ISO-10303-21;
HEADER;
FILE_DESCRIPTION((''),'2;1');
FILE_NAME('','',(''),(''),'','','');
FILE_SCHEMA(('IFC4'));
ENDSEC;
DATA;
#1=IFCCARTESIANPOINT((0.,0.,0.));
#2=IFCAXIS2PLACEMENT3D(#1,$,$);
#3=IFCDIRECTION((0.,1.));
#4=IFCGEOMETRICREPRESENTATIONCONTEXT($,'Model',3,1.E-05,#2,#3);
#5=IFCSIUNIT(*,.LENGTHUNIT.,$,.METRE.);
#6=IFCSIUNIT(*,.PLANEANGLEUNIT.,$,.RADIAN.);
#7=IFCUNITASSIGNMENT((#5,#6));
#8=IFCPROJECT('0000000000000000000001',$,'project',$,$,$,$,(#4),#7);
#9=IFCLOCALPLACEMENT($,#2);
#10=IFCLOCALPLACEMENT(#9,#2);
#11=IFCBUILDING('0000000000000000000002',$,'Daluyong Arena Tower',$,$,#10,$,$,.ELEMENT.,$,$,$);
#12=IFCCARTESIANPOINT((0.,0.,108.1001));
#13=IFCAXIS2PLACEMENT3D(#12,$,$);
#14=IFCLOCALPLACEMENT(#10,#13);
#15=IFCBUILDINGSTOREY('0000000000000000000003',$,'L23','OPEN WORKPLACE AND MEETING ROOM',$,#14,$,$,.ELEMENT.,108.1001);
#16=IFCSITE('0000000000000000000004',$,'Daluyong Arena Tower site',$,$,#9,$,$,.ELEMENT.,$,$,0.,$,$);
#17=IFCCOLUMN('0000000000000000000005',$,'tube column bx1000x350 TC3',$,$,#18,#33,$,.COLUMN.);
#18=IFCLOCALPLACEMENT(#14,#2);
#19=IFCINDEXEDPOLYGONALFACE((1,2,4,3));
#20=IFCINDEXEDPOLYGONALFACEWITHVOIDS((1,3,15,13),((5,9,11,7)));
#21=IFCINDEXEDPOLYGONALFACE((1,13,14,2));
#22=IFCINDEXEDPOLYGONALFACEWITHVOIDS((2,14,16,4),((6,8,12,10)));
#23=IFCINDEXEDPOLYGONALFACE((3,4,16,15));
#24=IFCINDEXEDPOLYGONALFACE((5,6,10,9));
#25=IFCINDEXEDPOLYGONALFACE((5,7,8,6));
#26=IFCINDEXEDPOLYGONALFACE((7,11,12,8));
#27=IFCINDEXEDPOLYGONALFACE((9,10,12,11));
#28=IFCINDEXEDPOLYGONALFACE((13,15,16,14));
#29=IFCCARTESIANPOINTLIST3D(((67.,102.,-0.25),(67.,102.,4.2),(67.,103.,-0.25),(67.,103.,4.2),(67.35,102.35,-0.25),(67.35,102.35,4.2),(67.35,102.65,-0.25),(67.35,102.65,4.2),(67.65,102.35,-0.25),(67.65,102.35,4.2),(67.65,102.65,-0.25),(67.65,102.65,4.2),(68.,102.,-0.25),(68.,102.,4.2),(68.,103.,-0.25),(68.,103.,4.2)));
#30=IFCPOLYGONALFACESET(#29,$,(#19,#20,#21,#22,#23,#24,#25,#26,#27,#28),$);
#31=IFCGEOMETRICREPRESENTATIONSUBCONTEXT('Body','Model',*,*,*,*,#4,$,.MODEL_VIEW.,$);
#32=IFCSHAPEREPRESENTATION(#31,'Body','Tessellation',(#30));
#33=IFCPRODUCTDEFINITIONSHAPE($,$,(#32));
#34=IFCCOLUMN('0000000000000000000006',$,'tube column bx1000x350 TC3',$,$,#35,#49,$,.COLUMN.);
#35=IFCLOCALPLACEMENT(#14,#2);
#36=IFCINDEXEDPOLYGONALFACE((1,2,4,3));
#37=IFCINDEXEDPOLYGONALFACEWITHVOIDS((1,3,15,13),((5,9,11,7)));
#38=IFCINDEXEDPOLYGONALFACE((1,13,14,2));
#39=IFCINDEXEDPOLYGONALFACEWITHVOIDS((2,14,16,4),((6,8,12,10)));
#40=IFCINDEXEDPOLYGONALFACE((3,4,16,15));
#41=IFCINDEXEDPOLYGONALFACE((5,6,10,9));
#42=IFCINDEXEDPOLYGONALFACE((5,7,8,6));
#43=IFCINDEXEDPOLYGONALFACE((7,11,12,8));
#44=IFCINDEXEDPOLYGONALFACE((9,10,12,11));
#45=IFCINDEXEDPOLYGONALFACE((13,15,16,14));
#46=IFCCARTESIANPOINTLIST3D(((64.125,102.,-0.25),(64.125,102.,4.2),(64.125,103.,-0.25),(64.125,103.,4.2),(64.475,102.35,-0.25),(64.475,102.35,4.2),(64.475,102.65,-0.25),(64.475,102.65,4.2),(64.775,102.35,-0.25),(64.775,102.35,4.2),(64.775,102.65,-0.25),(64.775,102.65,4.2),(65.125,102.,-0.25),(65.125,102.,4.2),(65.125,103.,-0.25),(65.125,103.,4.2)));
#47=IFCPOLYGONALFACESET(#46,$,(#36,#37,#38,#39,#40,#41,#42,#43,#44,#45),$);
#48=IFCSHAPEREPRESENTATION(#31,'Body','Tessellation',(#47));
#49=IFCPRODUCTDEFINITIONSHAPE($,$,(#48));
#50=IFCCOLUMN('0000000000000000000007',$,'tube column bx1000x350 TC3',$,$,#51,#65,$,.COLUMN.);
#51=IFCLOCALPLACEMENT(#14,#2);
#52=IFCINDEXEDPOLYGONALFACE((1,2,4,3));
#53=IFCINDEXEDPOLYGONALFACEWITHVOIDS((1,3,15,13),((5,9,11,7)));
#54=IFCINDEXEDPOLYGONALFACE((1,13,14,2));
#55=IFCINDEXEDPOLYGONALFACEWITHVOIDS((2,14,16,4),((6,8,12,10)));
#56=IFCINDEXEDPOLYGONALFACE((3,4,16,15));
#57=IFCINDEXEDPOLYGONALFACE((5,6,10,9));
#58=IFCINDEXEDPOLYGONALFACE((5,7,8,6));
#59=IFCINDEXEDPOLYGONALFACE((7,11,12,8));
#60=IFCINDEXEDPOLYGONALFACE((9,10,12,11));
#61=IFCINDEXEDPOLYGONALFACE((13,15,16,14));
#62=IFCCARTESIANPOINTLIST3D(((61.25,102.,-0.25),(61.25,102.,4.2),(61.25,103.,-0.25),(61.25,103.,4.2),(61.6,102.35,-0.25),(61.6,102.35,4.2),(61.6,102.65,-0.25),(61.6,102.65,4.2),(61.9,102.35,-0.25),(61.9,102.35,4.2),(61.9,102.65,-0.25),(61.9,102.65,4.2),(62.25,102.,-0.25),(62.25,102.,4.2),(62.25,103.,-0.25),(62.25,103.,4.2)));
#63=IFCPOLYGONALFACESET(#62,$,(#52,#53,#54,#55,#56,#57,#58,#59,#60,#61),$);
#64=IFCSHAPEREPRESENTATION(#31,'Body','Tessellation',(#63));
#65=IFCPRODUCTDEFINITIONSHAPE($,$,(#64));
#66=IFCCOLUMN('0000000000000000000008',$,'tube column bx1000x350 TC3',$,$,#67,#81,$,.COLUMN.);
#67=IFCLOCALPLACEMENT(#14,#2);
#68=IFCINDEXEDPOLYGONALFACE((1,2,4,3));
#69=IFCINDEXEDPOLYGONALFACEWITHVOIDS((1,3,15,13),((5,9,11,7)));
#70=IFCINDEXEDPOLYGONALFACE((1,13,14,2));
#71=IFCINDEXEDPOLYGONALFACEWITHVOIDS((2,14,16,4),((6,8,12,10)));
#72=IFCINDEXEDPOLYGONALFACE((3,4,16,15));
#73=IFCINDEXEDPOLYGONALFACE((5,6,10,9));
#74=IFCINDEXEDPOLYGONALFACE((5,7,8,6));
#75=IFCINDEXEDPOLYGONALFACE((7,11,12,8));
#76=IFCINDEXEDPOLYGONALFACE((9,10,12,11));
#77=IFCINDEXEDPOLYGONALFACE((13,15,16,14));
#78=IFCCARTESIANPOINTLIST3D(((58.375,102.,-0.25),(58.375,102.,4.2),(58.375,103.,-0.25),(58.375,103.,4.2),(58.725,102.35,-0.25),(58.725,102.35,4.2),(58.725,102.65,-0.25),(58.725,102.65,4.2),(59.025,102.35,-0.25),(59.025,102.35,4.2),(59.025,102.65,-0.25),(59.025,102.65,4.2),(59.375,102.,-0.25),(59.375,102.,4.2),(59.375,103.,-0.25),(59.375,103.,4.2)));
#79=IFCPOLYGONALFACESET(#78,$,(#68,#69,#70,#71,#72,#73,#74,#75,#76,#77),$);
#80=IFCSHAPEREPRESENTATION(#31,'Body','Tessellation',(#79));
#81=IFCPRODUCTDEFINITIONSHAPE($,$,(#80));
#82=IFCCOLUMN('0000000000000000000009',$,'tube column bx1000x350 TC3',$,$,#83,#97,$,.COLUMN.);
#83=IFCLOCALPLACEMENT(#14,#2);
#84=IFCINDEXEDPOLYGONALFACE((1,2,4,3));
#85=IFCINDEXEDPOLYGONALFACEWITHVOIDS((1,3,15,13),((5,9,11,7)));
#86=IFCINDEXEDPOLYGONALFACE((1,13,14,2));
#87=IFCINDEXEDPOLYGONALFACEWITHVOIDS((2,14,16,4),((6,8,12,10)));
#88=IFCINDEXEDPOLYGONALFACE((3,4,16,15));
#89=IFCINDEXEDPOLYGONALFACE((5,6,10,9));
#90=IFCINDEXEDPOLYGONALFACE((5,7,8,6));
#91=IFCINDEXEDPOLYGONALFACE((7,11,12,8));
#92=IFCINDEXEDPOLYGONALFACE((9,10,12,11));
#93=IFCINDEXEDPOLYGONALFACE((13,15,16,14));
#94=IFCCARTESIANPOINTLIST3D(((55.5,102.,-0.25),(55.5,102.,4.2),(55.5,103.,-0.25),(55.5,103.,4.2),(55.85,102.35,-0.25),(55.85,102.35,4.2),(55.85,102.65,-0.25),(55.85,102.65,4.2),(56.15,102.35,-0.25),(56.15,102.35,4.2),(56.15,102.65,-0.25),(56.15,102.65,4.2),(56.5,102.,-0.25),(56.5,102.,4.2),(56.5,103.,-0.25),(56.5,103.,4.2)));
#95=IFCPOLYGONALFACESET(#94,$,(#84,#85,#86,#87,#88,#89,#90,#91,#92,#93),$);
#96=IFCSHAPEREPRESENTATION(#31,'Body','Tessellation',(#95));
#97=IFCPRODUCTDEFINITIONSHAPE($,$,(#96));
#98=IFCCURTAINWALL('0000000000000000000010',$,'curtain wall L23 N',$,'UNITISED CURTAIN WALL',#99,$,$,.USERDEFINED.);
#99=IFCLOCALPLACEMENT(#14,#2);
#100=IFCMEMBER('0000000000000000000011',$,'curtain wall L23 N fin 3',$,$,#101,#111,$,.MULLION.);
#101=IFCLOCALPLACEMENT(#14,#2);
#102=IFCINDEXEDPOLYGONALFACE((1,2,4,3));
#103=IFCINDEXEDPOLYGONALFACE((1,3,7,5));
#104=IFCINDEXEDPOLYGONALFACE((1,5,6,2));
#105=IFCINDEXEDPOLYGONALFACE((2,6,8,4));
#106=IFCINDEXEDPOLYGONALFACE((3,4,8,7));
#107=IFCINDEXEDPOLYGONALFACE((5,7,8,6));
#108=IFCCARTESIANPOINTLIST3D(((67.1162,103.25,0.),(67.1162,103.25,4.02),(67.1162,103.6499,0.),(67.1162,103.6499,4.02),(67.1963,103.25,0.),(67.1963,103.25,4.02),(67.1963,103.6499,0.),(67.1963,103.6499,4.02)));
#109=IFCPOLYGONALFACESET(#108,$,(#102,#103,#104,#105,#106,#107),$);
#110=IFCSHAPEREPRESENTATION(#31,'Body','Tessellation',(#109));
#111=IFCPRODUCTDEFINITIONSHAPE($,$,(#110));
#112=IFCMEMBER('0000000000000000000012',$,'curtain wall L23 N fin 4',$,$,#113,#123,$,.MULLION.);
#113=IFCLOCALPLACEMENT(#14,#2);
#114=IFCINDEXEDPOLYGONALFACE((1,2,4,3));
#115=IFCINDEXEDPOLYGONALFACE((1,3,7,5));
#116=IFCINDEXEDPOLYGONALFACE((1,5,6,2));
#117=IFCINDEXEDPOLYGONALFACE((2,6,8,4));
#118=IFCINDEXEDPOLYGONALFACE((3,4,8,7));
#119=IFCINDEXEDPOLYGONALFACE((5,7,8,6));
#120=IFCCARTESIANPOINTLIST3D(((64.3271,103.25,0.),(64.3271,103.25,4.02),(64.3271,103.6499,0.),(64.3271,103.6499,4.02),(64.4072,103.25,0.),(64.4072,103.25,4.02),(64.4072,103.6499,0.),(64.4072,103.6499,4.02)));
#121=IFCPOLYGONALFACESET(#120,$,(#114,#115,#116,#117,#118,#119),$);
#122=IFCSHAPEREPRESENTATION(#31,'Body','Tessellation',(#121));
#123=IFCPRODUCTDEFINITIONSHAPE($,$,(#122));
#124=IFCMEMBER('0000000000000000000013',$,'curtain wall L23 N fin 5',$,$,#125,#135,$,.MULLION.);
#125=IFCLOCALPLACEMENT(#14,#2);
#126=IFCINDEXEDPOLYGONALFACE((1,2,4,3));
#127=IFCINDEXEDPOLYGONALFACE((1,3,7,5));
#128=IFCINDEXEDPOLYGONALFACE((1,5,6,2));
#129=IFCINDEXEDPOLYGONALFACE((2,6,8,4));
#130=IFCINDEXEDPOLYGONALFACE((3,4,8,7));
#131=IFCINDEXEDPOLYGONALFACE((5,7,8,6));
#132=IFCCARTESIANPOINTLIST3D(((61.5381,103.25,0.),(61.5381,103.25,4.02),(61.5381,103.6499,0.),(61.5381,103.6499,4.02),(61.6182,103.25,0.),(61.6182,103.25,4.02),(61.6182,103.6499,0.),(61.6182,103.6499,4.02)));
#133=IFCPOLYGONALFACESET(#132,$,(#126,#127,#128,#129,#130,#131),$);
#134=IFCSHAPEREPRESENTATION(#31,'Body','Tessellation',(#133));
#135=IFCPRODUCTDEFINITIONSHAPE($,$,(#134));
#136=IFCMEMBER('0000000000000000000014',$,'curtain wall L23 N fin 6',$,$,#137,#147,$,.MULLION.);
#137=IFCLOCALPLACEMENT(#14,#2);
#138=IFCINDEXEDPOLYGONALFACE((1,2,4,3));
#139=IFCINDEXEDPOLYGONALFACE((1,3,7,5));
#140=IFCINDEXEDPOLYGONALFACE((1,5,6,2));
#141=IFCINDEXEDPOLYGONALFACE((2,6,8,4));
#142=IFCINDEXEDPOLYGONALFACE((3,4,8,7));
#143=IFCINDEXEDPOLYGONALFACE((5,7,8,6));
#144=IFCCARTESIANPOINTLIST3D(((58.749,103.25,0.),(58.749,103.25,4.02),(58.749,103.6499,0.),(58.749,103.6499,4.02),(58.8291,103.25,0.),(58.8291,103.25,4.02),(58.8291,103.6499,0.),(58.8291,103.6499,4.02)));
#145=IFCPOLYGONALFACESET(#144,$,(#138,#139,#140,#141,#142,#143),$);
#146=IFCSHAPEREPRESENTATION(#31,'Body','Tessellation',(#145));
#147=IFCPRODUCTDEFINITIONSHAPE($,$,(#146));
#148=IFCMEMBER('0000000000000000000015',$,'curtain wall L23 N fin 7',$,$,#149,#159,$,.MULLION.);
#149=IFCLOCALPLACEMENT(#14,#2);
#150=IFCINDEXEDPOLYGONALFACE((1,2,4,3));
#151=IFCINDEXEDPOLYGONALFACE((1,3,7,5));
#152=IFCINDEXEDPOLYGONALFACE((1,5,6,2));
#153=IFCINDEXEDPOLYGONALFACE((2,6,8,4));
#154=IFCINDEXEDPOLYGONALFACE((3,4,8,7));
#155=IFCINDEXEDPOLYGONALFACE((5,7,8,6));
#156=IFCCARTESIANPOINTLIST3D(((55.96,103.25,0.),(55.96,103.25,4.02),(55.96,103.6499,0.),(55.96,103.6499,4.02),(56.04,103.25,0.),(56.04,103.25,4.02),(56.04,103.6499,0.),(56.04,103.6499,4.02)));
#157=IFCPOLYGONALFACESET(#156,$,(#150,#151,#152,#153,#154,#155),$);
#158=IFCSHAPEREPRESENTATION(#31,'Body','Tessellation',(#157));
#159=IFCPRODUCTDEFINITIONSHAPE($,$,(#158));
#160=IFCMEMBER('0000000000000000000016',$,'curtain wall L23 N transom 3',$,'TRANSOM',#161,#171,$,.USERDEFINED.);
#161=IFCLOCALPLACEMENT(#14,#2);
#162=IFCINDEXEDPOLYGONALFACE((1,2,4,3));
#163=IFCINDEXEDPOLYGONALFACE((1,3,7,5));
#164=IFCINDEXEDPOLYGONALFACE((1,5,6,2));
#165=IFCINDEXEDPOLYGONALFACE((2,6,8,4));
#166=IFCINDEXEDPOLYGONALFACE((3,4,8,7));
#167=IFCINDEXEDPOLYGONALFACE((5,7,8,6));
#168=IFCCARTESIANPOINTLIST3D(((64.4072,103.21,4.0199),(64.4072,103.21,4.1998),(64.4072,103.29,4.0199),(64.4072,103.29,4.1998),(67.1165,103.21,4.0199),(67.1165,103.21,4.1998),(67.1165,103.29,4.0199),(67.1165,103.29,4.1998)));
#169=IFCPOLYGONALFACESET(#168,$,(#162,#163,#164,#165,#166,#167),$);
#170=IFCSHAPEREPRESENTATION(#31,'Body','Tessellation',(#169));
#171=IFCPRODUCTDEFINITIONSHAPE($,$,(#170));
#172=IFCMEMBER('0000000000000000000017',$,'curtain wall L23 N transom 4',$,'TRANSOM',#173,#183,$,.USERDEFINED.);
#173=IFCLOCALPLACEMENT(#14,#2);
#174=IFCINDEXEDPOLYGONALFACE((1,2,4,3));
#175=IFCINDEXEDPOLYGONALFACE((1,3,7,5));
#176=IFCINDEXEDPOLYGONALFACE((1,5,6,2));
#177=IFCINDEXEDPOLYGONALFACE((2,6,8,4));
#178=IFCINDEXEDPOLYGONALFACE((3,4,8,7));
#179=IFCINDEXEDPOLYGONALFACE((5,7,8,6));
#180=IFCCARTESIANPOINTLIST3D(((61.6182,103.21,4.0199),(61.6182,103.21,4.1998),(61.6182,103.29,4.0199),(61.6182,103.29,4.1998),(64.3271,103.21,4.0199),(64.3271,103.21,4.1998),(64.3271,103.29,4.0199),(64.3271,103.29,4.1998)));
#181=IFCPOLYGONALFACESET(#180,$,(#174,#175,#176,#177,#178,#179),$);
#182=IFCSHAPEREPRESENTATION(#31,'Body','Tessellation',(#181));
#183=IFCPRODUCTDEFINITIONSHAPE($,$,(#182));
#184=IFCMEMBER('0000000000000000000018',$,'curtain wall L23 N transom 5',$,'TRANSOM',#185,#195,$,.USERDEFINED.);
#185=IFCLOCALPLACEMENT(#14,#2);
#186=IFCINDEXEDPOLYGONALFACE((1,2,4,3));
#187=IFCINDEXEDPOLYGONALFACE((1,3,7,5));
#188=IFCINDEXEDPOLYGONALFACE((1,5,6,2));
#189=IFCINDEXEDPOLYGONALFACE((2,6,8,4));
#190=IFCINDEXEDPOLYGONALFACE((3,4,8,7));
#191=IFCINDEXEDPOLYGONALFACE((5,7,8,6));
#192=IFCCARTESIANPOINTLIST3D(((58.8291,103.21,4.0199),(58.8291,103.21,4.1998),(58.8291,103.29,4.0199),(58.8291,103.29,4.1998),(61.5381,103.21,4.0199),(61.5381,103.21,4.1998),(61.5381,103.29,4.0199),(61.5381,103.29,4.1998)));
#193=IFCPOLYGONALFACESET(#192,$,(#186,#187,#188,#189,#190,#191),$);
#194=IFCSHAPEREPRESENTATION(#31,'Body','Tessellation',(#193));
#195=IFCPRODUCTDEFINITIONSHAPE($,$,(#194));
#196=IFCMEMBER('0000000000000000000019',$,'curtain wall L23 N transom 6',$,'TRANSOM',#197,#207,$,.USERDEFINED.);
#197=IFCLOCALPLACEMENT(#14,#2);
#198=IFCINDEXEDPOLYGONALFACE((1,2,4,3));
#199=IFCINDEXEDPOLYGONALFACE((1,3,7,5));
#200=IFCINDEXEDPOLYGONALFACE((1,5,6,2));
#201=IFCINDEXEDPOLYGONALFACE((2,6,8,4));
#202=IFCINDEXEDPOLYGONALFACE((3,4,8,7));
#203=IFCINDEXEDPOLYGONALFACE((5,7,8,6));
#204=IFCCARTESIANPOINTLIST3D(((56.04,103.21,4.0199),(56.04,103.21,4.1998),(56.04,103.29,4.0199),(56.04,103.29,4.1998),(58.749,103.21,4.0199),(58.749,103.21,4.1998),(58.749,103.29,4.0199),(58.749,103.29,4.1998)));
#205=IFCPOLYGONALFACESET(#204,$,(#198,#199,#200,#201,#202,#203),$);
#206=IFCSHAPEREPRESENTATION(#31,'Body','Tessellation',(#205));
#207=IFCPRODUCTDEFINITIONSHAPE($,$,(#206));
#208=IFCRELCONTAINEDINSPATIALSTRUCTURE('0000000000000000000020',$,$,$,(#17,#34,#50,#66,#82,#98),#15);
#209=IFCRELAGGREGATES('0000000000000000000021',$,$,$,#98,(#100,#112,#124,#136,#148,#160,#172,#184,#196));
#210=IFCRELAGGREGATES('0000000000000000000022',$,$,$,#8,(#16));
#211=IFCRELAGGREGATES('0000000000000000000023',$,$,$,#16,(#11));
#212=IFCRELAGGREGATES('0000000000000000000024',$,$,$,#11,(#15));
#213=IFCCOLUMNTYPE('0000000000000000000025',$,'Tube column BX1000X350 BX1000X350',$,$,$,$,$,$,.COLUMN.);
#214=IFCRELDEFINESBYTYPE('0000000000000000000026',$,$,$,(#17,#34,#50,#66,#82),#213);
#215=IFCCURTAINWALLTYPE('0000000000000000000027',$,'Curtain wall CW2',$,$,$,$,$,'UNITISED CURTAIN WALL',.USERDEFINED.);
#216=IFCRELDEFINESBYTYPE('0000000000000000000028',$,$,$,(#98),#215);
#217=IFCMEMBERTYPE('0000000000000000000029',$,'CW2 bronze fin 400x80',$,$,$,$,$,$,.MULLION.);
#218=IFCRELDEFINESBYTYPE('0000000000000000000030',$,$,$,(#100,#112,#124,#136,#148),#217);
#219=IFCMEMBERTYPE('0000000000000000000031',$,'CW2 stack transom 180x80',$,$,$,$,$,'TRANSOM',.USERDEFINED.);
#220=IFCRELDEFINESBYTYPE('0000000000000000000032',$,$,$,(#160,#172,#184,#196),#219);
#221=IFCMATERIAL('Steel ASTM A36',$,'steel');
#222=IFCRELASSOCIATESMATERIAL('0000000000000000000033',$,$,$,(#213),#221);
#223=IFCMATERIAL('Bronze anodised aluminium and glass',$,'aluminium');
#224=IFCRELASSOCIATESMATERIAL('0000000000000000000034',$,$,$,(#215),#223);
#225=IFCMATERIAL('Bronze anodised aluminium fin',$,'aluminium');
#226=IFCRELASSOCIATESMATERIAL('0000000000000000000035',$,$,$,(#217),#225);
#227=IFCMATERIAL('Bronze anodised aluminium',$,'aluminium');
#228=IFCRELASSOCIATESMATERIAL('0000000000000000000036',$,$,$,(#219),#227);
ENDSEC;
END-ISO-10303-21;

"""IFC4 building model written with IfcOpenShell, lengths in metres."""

from ifc_helpers import new_model, si_unit, direction, frame, origin, origin_2d, place, context, subcontext, project, spatial, rectangle, hollow_rectangle, extrude, material, material_profile, profile_set, type_object, element, aggregate, save


model = new_model("IFC4")

# Units and contexts
model_context = context("Model", 3, precision=1e-05, world=origin(), true_north=direction((0.0, 1.0)))
body_context = subcontext(model_context, "Body", "Model", "MODEL_VIEW")
ifc_project = project(units=[si_unit("LENGTHUNIT", "METRE"), si_unit("PLANEANGLEUNIT", "RADIAN")], contexts=[model_context])

# Site, building, storey
site_placement = place(None, origin())
site = spatial("IfcSite", under=ifc_project, at=site_placement, Name="Daluyong Arena Tower site", CompositionType="ELEMENT", RefElevation=0.0)
building_placement = place(site_placement, origin())
building = spatial("IfcBuilding", under=site, at=building_placement, Name="Daluyong Arena Tower", CompositionType="ELEMENT")
storey_placement = place(building_placement, frame((0.0, 0.0, 108.1001)))
storey = spatial("IfcBuildingStorey", under=building, at=storey_placement, Name="L23", Description="OPEN WORKPLACE AND MEETING ROOM", CompositionType="ELEMENT", Elevation=108.1001)

# Columns
ifc_material_1 = material(Name="Steel ASTM A36", Category="steel")
ifc_material_profile_1 = material_profile(ifc_material_1, hollow_rectangle(XDim=1.0, YDim=1.0, WallThickness=0.35, at=origin_2d()))
ifc_profile_set_1 = profile_set([ifc_material_profile_1], Name="Steel ASTM A36")
column_type = type_object("IfcColumnType", Name="Tube column BX1000X350 BX1000X350", PredefinedType="COLUMN", material=ifc_profile_set_1)
for number, where, z_axis, x_axis, name in (
    (1, (67.5, 102.5, -0.25), (0.0, 0.0, 1.0), (1.0, 0.0, 0.0), "tube column bx1000x350 TC3"),
    (2, (64.625, 102.5, -0.25), (0.0, 0.0, 1.0), (1.0, 0.0, 0.0), "tube column bx1000x350 TC3"),
    (3, (61.75, 102.5, -0.25), (0.0, 0.0, 1.0), (1.0, 0.0, 0.0), "tube column bx1000x350 TC3"),
    (4, (58.875, 102.5, -0.25), (0.0, 0.0, 1.0), (1.0, 0.0, 0.0), "tube column bx1000x350 TC3"),
    (5, (56.0, 102.5, -0.25), (0.0, 0.0, 1.0), (1.0, 0.0, 0.0), "tube column bx1000x350 TC3"),
):
    element("IfcColumn", number, at=place(storey_placement, frame(where, z_axis=z_axis, x_axis=x_axis)), inside=storey, type_object=column_type, Name=name, PredefinedType="COLUMN", context=body_context, shape_type="SweptSolid", body=[
        extrude(hollow_rectangle(XDim=1.0, YDim=1.0, WallThickness=0.35, at=origin_2d()), origin(), (0.0, 0.0, 1.0), 4.45),
    ])

# Curtain wall, members
ifc_material_2 = material(Name="Bronze anodised aluminium and glass", Category="aluminium")
curtain_wall_type = type_object("IfcCurtainWallType", Name="Curtain wall CW2", ElementType="UNITISED CURTAIN WALL", PredefinedType="USERDEFINED", material=ifc_material_2)
curtain_wall_placement = place(storey_placement, origin())
curtain_wall = element("IfcCurtainWall", 6, at=curtain_wall_placement, inside=storey, type_object=curtain_wall_type, Name="curtain wall L23 N", ObjectType="UNITISED CURTAIN WALL", PredefinedType="USERDEFINED")
ifc_material_3 = material(Name="Bronze anodised aluminium fin", Category="aluminium")
ifc_material_profile_2 = material_profile(ifc_material_3, rectangle(XDim=0.3999, YDim=0.0801, at=origin_2d()))
ifc_profile_set_2 = profile_set([ifc_material_profile_2], Name="Bronze anodised aluminium fin")
member_type_1 = type_object("IfcMemberType", Name="CW2 bronze fin 400x80", PredefinedType="MULLION", material=ifc_profile_set_2)
member_1_placement = place(storey_placement, frame((67.1562, 103.45, 0.0), z_axis=(0.0, 0.0, 1.0), x_axis=(0.0, -1.0, 0.0)))
member_1 = element("IfcMember", 7, at=member_1_placement, type_object=member_type_1, Name="curtain wall L23 N fin 3", PredefinedType="MULLION", context=body_context, shape_type="SweptSolid", body=[
    extrude(rectangle(XDim=0.3999, YDim=0.0801, at=origin_2d()), origin(), (0.0, 0.0, 1.0), 4.02),
])
member_2_placement = place(storey_placement, frame((64.3672, 103.45, 0.0), z_axis=(0.0, 0.0, 1.0), x_axis=(0.0, -1.0, 0.0)))
member_2 = element("IfcMember", 8, at=member_2_placement, type_object=member_type_1, Name="curtain wall L23 N fin 4", PredefinedType="MULLION", context=body_context, shape_type="SweptSolid", body=[
    extrude(rectangle(XDim=0.3999, YDim=0.0801, at=origin_2d()), origin(), (0.0, 0.0, 1.0), 4.02),
])
member_3_placement = place(storey_placement, frame((61.5781, 103.45, 0.0), z_axis=(0.0, 0.0, 1.0), x_axis=(0.0, -1.0, 0.0)))
member_3 = element("IfcMember", 9, at=member_3_placement, type_object=member_type_1, Name="curtain wall L23 N fin 5", PredefinedType="MULLION", context=body_context, shape_type="SweptSolid", body=[
    extrude(rectangle(XDim=0.3999, YDim=0.0801, at=origin_2d()), origin(), (0.0, 0.0, 1.0), 4.02),
])
member_4_placement = place(storey_placement, frame((58.7891, 103.45, 0.0), z_axis=(0.0, 0.0, 1.0), x_axis=(0.0, -1.0, 0.0)))
member_4 = element("IfcMember", 10, at=member_4_placement, type_object=member_type_1, Name="curtain wall L23 N fin 6", PredefinedType="MULLION", context=body_context, shape_type="SweptSolid", body=[
    extrude(rectangle(XDim=0.3999, YDim=0.0801, at=origin_2d()), origin(), (0.0, 0.0, 1.0), 4.02),
])
member_5_placement = place(storey_placement, frame((56.0, 103.45, 0.0), z_axis=(0.0, 0.0, 1.0), x_axis=(0.0, -1.0, 0.0)))
member_5 = element("IfcMember", 11, at=member_5_placement, type_object=member_type_1, Name="curtain wall L23 N fin 7", PredefinedType="MULLION", context=body_context, shape_type="SweptSolid", body=[
    extrude(rectangle(XDim=0.3999, YDim=0.0801, at=origin_2d()), origin(), (0.0, 0.0, 1.0), 4.02),
])
ifc_material_4 = material(Name="Bronze anodised aluminium", Category="aluminium")
ifc_material_profile_3 = material_profile(ifc_material_4, rectangle(XDim=0.0801, YDim=0.1799, at=origin_2d()))
ifc_profile_set_3 = profile_set([ifc_material_profile_3], Name="Bronze anodised aluminium")
member_type_2 = type_object("IfcMemberType", Name="CW2 stack transom 180x80", ElementType="TRANSOM", PredefinedType="USERDEFINED", material=ifc_profile_set_3)
member_6_placement = place(storey_placement, frame((67.1165, 103.25, 4.1099), z_axis=(-1.0, 0.0, 0.0), x_axis=(0.0, -1.0, 0.0)))
member_6 = element("IfcMember", 12, at=member_6_placement, type_object=member_type_2, Name="curtain wall L23 N transom 3", ObjectType="TRANSOM", PredefinedType="USERDEFINED", context=body_context, shape_type="SweptSolid", body=[
    extrude(rectangle(XDim=0.0801, YDim=0.1799, at=origin_2d()), origin(), (0.0, 0.0, 1.0), 2.7092),
])
member_7_placement = place(storey_placement, frame((64.3271, 103.25, 4.1099), z_axis=(-1.0, 0.0, 0.0), x_axis=(0.0, -1.0, 0.0)))
member_7 = element("IfcMember", 13, at=member_7_placement, type_object=member_type_2, Name="curtain wall L23 N transom 4", ObjectType="TRANSOM", PredefinedType="USERDEFINED", context=body_context, shape_type="SweptSolid", body=[
    extrude(rectangle(XDim=0.0801, YDim=0.1799, at=origin_2d()), origin(), (0.0, 0.0, 1.0), 2.709),
])
member_8_placement = place(storey_placement, frame((61.5381, 103.25, 4.1099), z_axis=(-1.0, 0.0, 0.0), x_axis=(0.0, -1.0, 0.0)))
member_8 = element("IfcMember", 14, at=member_8_placement, type_object=member_type_2, Name="curtain wall L23 N transom 5", ObjectType="TRANSOM", PredefinedType="USERDEFINED", context=body_context, shape_type="SweptSolid", body=[
    extrude(rectangle(XDim=0.0801, YDim=0.1799, at=origin_2d()), origin(), (0.0, 0.0, 1.0), 2.709),
])
member_9_placement = place(storey_placement, frame((58.749, 103.25, 4.1099), z_axis=(-1.0, 0.0, 0.0), x_axis=(0.0, -1.0, 0.0)))
member_9 = element("IfcMember", 15, at=member_9_placement, type_object=member_type_2, Name="curtain wall L23 N transom 6", ObjectType="TRANSOM", PredefinedType="USERDEFINED", context=body_context, shape_type="SweptSolid", body=[
    extrude(rectangle(XDim=0.0801, YDim=0.1799, at=origin_2d()), origin(), (0.0, 0.0, 1.0), 2.709),
])

aggregate(curtain_wall, [member_1, member_2, member_3, member_4, member_5, member_6, member_7, member_8, member_9])

save(model, "model.ifc")
